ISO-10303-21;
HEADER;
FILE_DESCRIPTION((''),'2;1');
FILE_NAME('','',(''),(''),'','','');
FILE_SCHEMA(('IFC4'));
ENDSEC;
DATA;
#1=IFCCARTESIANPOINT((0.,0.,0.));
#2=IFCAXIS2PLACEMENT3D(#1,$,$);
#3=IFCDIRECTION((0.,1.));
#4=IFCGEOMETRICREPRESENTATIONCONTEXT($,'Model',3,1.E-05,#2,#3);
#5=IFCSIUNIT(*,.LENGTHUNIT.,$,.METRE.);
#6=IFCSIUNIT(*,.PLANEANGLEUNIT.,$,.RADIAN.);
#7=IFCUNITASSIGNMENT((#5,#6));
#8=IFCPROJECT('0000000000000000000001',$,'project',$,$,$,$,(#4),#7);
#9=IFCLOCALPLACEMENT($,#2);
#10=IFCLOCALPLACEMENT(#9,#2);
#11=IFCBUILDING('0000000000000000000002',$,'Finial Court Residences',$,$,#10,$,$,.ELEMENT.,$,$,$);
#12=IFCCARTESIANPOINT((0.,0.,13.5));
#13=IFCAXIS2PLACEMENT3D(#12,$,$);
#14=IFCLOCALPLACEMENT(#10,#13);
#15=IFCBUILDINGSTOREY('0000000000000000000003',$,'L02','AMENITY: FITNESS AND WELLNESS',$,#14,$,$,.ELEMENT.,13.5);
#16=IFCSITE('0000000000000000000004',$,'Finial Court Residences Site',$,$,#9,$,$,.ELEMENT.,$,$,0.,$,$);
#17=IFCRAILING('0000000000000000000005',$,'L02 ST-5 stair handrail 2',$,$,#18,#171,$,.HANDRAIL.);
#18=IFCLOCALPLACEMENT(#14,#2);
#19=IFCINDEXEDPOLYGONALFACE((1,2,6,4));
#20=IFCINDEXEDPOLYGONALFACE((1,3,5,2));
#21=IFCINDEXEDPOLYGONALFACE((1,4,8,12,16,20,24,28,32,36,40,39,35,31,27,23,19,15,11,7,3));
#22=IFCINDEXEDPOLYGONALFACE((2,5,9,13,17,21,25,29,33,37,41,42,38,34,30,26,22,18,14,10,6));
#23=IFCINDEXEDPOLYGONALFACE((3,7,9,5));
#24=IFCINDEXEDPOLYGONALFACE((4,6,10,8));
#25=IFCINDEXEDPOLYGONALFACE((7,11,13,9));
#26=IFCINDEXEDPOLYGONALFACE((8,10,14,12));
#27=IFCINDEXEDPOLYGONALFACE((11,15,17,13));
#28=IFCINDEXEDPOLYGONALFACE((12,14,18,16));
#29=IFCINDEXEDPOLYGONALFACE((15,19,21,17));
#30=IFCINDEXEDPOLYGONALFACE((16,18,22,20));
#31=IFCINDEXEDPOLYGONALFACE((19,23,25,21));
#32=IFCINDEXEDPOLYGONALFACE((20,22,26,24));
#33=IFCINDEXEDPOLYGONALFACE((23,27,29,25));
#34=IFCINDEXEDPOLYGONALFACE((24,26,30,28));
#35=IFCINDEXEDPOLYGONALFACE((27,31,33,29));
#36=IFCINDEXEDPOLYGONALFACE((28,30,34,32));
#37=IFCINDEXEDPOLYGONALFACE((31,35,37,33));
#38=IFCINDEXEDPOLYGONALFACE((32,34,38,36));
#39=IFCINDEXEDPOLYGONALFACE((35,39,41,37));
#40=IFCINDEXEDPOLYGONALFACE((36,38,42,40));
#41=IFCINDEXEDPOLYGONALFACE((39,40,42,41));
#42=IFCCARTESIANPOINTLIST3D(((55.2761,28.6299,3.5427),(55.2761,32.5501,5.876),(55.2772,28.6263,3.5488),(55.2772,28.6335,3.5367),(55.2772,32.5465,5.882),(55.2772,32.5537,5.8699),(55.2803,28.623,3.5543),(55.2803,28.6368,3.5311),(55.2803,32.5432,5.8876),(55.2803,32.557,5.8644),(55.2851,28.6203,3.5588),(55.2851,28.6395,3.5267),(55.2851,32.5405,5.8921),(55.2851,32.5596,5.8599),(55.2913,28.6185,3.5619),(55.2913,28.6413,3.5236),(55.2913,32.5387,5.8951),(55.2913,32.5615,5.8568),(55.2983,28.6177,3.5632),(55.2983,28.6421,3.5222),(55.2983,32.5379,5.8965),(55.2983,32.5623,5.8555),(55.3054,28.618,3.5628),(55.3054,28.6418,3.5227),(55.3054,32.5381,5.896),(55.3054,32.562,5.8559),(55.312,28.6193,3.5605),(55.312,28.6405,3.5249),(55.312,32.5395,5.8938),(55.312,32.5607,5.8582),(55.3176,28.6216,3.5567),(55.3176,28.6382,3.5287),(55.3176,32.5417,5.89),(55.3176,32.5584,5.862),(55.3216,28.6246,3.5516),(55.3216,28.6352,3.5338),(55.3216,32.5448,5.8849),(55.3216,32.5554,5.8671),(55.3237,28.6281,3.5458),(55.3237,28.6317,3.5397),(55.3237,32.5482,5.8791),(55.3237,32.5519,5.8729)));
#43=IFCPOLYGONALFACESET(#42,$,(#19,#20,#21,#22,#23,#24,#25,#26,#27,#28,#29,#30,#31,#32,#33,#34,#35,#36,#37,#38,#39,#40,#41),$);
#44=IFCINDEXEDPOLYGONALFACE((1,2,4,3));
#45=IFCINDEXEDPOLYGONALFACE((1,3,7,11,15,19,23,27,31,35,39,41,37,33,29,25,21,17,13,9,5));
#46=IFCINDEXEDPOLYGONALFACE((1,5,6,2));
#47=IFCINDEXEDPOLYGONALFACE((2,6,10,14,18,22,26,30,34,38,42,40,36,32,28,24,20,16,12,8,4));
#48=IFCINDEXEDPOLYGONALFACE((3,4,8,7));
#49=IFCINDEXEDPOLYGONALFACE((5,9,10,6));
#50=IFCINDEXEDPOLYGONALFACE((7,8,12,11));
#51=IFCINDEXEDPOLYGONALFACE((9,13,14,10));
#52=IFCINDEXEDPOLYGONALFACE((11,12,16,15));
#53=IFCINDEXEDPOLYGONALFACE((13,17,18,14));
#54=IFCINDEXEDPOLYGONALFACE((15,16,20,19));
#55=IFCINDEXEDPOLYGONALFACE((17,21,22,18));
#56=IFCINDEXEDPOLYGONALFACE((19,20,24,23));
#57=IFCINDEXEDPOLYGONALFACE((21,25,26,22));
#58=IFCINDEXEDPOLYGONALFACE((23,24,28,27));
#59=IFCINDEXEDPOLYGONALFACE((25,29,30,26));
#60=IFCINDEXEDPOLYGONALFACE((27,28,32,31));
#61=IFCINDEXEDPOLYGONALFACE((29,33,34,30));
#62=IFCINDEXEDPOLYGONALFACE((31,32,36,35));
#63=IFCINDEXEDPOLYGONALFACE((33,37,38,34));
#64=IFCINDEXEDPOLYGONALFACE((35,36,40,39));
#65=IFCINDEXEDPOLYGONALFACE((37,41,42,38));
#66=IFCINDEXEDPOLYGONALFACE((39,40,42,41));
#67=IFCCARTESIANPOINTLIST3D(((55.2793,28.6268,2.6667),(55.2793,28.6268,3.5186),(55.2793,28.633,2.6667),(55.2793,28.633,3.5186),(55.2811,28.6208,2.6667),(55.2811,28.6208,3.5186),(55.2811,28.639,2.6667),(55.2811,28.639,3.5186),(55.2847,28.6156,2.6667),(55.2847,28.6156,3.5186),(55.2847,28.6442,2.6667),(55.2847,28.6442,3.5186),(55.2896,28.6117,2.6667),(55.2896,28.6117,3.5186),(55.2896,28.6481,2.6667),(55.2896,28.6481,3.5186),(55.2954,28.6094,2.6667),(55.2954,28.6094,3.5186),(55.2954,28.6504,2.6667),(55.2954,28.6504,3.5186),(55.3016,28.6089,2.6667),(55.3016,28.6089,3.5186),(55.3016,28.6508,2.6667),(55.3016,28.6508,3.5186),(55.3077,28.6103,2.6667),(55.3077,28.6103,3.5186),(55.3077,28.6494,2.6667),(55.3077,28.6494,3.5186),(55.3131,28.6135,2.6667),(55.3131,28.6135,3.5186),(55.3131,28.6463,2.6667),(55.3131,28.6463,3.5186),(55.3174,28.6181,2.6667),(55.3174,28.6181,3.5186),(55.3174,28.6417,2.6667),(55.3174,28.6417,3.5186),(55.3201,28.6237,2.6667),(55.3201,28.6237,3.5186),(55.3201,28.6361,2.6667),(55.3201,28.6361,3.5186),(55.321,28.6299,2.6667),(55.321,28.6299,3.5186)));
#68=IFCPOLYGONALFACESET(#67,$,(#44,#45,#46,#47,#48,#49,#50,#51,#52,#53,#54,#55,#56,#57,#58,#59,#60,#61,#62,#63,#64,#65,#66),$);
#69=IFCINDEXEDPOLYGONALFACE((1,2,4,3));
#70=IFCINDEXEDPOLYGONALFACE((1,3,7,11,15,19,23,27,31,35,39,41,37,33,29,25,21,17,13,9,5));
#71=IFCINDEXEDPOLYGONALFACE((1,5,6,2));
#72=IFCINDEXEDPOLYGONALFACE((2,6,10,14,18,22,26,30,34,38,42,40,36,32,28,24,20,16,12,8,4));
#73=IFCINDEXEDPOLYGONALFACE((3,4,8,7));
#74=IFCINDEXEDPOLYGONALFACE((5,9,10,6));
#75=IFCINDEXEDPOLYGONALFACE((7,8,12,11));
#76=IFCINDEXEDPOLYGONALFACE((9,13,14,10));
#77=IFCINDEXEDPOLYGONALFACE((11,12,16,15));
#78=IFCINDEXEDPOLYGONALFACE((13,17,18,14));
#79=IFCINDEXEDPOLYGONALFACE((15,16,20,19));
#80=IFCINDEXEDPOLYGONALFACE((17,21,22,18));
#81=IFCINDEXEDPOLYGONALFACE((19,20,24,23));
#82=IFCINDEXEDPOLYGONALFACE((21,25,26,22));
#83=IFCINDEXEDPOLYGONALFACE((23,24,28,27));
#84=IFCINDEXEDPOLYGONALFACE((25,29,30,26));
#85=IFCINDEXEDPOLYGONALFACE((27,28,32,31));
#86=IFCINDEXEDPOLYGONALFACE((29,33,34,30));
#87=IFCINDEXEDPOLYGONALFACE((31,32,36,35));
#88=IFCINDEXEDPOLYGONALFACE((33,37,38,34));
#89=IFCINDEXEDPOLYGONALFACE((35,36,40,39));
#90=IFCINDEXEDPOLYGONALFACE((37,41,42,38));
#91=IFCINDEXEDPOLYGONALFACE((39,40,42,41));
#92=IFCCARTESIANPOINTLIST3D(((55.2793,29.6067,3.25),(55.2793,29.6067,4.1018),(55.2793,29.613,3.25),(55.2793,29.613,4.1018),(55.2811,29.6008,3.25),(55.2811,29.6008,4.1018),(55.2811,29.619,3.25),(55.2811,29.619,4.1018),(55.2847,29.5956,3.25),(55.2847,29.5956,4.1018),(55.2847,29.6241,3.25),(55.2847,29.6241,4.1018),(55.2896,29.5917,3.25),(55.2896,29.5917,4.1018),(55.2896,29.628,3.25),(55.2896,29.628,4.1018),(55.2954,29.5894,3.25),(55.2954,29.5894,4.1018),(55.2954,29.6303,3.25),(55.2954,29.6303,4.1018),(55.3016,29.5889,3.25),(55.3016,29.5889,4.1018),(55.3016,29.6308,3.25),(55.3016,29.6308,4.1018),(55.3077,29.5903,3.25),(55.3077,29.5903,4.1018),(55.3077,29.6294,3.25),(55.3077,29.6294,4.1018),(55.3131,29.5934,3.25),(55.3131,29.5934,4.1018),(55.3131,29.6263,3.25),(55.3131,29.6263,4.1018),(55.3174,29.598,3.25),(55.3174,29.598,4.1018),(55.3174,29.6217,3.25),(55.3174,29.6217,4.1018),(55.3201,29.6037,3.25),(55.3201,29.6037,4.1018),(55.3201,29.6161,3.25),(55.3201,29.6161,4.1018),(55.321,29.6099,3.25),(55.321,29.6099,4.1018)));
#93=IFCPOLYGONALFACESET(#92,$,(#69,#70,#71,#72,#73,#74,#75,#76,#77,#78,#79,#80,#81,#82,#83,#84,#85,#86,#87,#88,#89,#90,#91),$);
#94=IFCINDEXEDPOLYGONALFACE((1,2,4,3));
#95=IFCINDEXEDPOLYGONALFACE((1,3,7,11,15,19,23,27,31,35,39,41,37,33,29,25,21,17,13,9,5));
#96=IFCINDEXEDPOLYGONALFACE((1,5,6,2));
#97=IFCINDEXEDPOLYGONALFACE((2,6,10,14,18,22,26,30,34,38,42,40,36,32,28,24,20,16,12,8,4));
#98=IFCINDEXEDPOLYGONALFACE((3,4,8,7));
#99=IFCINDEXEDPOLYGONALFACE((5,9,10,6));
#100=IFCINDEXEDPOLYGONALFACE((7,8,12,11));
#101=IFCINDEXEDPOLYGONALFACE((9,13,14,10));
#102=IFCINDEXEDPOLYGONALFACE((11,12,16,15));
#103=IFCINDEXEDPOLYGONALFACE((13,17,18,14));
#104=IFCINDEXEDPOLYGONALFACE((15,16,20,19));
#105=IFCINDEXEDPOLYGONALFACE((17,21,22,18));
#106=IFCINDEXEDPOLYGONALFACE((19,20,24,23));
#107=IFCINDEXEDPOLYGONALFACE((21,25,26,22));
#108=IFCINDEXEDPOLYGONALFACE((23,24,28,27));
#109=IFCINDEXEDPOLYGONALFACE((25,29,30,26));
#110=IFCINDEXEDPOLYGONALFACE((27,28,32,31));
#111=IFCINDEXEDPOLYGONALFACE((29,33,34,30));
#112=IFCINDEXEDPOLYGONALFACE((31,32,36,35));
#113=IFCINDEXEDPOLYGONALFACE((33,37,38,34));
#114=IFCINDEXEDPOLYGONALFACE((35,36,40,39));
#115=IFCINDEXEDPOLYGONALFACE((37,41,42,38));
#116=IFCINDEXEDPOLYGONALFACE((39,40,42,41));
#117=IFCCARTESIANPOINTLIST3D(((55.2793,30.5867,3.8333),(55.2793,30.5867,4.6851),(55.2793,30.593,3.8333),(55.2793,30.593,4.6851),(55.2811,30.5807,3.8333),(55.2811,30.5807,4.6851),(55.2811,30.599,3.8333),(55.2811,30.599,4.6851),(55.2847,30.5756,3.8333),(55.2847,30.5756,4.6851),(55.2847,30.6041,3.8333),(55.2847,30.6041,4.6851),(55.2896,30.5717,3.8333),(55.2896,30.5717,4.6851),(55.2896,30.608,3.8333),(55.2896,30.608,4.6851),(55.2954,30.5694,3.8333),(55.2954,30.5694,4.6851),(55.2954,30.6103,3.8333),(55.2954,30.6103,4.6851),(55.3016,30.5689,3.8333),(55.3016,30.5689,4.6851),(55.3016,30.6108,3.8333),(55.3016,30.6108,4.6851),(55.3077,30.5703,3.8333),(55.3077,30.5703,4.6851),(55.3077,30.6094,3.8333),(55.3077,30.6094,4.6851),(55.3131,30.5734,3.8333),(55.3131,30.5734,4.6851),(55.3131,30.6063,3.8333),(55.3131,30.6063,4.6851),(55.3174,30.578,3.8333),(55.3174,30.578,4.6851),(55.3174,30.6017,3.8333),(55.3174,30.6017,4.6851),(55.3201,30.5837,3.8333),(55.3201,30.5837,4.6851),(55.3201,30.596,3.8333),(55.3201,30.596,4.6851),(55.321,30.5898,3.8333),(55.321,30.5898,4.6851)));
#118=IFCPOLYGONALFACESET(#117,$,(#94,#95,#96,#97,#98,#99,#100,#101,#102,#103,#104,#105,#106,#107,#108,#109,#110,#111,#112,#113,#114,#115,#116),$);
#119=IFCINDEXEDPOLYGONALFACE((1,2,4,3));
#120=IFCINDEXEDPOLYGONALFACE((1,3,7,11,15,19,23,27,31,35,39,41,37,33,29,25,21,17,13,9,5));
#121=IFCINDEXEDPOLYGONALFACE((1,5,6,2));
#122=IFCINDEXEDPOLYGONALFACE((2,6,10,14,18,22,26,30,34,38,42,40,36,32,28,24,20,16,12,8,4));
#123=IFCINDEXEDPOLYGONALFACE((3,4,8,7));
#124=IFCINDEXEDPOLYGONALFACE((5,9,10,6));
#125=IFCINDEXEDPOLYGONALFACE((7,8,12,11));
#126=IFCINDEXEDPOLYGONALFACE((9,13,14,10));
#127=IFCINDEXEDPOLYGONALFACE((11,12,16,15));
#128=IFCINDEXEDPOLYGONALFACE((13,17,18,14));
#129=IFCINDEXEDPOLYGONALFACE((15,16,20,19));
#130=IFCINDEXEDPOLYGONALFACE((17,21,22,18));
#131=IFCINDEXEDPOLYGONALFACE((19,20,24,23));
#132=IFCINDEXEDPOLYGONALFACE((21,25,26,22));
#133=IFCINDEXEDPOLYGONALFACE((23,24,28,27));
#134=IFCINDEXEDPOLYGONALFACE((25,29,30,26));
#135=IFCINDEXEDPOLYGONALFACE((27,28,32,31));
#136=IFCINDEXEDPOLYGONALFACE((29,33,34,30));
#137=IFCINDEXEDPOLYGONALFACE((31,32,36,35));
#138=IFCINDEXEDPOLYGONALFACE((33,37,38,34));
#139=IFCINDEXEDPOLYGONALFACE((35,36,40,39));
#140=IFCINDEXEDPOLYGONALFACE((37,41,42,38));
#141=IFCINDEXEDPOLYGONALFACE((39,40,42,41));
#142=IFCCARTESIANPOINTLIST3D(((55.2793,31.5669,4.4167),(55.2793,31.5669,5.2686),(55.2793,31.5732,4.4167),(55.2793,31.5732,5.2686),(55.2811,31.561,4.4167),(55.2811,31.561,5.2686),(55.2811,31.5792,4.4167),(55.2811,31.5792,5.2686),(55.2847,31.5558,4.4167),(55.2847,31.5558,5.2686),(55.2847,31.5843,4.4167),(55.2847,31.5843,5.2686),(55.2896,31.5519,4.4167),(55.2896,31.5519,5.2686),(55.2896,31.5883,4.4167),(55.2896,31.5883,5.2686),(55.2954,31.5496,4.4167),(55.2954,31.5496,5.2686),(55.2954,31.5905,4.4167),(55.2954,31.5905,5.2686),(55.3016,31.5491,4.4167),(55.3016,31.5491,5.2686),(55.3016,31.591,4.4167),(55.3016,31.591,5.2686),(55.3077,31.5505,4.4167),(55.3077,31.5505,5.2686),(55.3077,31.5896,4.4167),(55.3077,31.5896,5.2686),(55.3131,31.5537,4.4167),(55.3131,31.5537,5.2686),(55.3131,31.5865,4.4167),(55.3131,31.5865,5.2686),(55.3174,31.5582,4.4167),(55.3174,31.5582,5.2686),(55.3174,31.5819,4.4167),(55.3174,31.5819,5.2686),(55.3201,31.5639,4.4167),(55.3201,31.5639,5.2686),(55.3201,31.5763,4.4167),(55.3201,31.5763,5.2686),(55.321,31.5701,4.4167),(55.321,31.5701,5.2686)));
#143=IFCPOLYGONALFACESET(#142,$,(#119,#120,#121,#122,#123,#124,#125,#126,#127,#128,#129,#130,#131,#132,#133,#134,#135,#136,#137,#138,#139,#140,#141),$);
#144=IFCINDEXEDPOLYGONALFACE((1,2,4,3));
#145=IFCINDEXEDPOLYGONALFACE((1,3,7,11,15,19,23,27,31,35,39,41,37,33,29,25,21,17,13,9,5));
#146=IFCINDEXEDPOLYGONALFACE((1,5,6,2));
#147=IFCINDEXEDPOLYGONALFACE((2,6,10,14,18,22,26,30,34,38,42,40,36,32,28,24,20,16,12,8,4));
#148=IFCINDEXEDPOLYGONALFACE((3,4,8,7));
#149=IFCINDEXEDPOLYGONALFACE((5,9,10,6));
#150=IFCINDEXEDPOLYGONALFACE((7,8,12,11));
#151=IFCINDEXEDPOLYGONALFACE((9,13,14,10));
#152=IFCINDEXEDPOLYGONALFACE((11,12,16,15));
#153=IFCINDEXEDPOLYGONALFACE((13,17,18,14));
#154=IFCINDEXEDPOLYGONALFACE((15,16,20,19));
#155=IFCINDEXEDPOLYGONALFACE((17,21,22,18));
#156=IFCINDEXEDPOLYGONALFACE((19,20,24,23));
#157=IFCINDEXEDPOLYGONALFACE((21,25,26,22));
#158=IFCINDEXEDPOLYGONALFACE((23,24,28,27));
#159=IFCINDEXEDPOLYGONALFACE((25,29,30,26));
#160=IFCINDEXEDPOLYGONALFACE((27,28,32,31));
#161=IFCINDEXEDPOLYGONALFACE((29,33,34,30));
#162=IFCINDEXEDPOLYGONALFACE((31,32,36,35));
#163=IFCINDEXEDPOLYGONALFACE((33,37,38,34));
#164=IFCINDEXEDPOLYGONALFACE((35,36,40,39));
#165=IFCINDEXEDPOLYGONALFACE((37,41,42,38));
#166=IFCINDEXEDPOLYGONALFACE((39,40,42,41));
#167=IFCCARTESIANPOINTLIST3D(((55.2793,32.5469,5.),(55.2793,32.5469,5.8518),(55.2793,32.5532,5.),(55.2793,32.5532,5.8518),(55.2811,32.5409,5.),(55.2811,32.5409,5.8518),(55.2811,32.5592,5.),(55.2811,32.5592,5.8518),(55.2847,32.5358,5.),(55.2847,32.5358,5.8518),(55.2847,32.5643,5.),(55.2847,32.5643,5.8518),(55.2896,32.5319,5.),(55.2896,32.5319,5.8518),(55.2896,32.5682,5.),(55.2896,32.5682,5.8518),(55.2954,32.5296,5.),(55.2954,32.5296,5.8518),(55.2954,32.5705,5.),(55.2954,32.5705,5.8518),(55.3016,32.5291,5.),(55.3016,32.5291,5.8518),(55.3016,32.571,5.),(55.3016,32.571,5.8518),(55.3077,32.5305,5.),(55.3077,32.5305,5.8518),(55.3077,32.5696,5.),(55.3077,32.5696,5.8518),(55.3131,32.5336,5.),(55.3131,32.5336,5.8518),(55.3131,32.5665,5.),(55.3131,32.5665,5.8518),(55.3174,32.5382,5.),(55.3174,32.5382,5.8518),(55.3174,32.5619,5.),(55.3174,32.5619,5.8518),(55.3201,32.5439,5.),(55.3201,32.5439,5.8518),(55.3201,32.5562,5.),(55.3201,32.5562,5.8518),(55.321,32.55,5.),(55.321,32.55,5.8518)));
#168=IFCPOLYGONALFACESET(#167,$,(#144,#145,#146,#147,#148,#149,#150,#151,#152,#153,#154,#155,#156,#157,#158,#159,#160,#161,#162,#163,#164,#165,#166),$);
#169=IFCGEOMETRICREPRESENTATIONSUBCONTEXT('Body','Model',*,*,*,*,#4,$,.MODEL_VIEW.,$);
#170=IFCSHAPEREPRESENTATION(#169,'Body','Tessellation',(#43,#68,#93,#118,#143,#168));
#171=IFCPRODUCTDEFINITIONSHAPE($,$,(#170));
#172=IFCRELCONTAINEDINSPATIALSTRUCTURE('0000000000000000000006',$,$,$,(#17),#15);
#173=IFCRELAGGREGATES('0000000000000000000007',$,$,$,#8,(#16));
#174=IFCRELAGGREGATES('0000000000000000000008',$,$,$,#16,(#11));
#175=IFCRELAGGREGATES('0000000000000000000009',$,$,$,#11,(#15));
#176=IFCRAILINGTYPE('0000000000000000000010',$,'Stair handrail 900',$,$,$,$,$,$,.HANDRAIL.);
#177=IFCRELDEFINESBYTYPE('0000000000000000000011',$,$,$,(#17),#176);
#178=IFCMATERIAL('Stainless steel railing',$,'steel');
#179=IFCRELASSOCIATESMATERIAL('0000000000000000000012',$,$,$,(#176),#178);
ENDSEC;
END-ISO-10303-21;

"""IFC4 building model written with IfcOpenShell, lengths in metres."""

from ifc_helpers import new_model, si_unit, direction, frame, origin, origin_2d, place, context, subcontext, project, spatial, circle, extrude, material, type_object, element, save


model = new_model("IFC4")

# Units and contexts
model_context = context("Model", 3, precision=1e-05, world=origin(), true_north=direction((0.0, 1.0)))
body_context = subcontext(model_context, "Body", "Model", "MODEL_VIEW")
ifc_project = project(units=[si_unit("LENGTHUNIT", "METRE"), si_unit("PLANEANGLEUNIT", "RADIAN")], contexts=[model_context])

# Site, building, storey
site_placement = place(None, origin())
site = spatial("IfcSite", under=ifc_project, at=site_placement, Name="Finial Court Residences Site", CompositionType="ELEMENT", RefElevation=0.0)
building_placement = place(site_placement, origin())
building = spatial("IfcBuilding", under=site, at=building_placement, Name="Finial Court Residences", CompositionType="ELEMENT")
storey_placement = place(building_placement, frame((0.0, 0.0, 13.5)))
storey = spatial("IfcBuildingStorey", under=building, at=storey_placement, Name="L02", Description="AMENITY: FITNESS AND WELLNESS", CompositionType="ELEMENT", Elevation=13.5)

# Railing
ifc_material_1 = material(Name="Stainless steel railing", Category="steel")
railing_type_1 = type_object("IfcRailingType", Name="Stair handrail 900", PredefinedType="HANDRAIL", material=ifc_material_1)
railing_1_placement = place(storey_placement, frame((55.3, 28.6299, 2.6667)))
element("IfcRailing", 1, at=railing_1_placement, inside=storey, type_object=railing_type_1, Name="L02 ST-5 stair handrail 2", PredefinedType="HANDRAIL", context=body_context, shape_type="SweptSolid", body=[
    extrude(circle(Radius=0.0239, at=origin_2d()), frame((0.0, 0.0, 0.876), z_axis=(0.0, 0.85931, 0.511455), x_axis=(-1.0, 0.0, 0.0)), (0.0, 0.0, 1.0), 4.562),
    extrude(circle(Radius=0.021, at=origin_2d()), origin(), (0.0, 0.0, 1.0), 0.8518),
    extrude(circle(Radius=0.021, at=origin_2d()), frame((0.0, 0.98, 0.5833)), (0.0, 0.0, 1.0), 0.8518),
    extrude(circle(Radius=0.021, at=origin_2d()), frame((0.0, 1.96, 1.1665)), (0.0, 0.0, 1.0), 0.8518),
    extrude(circle(Radius=0.021, at=origin_2d()), frame((0.0, 2.9402, 1.75)), (0.0, 0.0, 1.0), 0.8518),
    extrude(circle(Radius=0.021, at=origin_2d()), frame((0.0, 3.9202, 2.3333)), (0.0, 0.0, 1.0), 0.8518),
])

save(model, "model.ifc")
